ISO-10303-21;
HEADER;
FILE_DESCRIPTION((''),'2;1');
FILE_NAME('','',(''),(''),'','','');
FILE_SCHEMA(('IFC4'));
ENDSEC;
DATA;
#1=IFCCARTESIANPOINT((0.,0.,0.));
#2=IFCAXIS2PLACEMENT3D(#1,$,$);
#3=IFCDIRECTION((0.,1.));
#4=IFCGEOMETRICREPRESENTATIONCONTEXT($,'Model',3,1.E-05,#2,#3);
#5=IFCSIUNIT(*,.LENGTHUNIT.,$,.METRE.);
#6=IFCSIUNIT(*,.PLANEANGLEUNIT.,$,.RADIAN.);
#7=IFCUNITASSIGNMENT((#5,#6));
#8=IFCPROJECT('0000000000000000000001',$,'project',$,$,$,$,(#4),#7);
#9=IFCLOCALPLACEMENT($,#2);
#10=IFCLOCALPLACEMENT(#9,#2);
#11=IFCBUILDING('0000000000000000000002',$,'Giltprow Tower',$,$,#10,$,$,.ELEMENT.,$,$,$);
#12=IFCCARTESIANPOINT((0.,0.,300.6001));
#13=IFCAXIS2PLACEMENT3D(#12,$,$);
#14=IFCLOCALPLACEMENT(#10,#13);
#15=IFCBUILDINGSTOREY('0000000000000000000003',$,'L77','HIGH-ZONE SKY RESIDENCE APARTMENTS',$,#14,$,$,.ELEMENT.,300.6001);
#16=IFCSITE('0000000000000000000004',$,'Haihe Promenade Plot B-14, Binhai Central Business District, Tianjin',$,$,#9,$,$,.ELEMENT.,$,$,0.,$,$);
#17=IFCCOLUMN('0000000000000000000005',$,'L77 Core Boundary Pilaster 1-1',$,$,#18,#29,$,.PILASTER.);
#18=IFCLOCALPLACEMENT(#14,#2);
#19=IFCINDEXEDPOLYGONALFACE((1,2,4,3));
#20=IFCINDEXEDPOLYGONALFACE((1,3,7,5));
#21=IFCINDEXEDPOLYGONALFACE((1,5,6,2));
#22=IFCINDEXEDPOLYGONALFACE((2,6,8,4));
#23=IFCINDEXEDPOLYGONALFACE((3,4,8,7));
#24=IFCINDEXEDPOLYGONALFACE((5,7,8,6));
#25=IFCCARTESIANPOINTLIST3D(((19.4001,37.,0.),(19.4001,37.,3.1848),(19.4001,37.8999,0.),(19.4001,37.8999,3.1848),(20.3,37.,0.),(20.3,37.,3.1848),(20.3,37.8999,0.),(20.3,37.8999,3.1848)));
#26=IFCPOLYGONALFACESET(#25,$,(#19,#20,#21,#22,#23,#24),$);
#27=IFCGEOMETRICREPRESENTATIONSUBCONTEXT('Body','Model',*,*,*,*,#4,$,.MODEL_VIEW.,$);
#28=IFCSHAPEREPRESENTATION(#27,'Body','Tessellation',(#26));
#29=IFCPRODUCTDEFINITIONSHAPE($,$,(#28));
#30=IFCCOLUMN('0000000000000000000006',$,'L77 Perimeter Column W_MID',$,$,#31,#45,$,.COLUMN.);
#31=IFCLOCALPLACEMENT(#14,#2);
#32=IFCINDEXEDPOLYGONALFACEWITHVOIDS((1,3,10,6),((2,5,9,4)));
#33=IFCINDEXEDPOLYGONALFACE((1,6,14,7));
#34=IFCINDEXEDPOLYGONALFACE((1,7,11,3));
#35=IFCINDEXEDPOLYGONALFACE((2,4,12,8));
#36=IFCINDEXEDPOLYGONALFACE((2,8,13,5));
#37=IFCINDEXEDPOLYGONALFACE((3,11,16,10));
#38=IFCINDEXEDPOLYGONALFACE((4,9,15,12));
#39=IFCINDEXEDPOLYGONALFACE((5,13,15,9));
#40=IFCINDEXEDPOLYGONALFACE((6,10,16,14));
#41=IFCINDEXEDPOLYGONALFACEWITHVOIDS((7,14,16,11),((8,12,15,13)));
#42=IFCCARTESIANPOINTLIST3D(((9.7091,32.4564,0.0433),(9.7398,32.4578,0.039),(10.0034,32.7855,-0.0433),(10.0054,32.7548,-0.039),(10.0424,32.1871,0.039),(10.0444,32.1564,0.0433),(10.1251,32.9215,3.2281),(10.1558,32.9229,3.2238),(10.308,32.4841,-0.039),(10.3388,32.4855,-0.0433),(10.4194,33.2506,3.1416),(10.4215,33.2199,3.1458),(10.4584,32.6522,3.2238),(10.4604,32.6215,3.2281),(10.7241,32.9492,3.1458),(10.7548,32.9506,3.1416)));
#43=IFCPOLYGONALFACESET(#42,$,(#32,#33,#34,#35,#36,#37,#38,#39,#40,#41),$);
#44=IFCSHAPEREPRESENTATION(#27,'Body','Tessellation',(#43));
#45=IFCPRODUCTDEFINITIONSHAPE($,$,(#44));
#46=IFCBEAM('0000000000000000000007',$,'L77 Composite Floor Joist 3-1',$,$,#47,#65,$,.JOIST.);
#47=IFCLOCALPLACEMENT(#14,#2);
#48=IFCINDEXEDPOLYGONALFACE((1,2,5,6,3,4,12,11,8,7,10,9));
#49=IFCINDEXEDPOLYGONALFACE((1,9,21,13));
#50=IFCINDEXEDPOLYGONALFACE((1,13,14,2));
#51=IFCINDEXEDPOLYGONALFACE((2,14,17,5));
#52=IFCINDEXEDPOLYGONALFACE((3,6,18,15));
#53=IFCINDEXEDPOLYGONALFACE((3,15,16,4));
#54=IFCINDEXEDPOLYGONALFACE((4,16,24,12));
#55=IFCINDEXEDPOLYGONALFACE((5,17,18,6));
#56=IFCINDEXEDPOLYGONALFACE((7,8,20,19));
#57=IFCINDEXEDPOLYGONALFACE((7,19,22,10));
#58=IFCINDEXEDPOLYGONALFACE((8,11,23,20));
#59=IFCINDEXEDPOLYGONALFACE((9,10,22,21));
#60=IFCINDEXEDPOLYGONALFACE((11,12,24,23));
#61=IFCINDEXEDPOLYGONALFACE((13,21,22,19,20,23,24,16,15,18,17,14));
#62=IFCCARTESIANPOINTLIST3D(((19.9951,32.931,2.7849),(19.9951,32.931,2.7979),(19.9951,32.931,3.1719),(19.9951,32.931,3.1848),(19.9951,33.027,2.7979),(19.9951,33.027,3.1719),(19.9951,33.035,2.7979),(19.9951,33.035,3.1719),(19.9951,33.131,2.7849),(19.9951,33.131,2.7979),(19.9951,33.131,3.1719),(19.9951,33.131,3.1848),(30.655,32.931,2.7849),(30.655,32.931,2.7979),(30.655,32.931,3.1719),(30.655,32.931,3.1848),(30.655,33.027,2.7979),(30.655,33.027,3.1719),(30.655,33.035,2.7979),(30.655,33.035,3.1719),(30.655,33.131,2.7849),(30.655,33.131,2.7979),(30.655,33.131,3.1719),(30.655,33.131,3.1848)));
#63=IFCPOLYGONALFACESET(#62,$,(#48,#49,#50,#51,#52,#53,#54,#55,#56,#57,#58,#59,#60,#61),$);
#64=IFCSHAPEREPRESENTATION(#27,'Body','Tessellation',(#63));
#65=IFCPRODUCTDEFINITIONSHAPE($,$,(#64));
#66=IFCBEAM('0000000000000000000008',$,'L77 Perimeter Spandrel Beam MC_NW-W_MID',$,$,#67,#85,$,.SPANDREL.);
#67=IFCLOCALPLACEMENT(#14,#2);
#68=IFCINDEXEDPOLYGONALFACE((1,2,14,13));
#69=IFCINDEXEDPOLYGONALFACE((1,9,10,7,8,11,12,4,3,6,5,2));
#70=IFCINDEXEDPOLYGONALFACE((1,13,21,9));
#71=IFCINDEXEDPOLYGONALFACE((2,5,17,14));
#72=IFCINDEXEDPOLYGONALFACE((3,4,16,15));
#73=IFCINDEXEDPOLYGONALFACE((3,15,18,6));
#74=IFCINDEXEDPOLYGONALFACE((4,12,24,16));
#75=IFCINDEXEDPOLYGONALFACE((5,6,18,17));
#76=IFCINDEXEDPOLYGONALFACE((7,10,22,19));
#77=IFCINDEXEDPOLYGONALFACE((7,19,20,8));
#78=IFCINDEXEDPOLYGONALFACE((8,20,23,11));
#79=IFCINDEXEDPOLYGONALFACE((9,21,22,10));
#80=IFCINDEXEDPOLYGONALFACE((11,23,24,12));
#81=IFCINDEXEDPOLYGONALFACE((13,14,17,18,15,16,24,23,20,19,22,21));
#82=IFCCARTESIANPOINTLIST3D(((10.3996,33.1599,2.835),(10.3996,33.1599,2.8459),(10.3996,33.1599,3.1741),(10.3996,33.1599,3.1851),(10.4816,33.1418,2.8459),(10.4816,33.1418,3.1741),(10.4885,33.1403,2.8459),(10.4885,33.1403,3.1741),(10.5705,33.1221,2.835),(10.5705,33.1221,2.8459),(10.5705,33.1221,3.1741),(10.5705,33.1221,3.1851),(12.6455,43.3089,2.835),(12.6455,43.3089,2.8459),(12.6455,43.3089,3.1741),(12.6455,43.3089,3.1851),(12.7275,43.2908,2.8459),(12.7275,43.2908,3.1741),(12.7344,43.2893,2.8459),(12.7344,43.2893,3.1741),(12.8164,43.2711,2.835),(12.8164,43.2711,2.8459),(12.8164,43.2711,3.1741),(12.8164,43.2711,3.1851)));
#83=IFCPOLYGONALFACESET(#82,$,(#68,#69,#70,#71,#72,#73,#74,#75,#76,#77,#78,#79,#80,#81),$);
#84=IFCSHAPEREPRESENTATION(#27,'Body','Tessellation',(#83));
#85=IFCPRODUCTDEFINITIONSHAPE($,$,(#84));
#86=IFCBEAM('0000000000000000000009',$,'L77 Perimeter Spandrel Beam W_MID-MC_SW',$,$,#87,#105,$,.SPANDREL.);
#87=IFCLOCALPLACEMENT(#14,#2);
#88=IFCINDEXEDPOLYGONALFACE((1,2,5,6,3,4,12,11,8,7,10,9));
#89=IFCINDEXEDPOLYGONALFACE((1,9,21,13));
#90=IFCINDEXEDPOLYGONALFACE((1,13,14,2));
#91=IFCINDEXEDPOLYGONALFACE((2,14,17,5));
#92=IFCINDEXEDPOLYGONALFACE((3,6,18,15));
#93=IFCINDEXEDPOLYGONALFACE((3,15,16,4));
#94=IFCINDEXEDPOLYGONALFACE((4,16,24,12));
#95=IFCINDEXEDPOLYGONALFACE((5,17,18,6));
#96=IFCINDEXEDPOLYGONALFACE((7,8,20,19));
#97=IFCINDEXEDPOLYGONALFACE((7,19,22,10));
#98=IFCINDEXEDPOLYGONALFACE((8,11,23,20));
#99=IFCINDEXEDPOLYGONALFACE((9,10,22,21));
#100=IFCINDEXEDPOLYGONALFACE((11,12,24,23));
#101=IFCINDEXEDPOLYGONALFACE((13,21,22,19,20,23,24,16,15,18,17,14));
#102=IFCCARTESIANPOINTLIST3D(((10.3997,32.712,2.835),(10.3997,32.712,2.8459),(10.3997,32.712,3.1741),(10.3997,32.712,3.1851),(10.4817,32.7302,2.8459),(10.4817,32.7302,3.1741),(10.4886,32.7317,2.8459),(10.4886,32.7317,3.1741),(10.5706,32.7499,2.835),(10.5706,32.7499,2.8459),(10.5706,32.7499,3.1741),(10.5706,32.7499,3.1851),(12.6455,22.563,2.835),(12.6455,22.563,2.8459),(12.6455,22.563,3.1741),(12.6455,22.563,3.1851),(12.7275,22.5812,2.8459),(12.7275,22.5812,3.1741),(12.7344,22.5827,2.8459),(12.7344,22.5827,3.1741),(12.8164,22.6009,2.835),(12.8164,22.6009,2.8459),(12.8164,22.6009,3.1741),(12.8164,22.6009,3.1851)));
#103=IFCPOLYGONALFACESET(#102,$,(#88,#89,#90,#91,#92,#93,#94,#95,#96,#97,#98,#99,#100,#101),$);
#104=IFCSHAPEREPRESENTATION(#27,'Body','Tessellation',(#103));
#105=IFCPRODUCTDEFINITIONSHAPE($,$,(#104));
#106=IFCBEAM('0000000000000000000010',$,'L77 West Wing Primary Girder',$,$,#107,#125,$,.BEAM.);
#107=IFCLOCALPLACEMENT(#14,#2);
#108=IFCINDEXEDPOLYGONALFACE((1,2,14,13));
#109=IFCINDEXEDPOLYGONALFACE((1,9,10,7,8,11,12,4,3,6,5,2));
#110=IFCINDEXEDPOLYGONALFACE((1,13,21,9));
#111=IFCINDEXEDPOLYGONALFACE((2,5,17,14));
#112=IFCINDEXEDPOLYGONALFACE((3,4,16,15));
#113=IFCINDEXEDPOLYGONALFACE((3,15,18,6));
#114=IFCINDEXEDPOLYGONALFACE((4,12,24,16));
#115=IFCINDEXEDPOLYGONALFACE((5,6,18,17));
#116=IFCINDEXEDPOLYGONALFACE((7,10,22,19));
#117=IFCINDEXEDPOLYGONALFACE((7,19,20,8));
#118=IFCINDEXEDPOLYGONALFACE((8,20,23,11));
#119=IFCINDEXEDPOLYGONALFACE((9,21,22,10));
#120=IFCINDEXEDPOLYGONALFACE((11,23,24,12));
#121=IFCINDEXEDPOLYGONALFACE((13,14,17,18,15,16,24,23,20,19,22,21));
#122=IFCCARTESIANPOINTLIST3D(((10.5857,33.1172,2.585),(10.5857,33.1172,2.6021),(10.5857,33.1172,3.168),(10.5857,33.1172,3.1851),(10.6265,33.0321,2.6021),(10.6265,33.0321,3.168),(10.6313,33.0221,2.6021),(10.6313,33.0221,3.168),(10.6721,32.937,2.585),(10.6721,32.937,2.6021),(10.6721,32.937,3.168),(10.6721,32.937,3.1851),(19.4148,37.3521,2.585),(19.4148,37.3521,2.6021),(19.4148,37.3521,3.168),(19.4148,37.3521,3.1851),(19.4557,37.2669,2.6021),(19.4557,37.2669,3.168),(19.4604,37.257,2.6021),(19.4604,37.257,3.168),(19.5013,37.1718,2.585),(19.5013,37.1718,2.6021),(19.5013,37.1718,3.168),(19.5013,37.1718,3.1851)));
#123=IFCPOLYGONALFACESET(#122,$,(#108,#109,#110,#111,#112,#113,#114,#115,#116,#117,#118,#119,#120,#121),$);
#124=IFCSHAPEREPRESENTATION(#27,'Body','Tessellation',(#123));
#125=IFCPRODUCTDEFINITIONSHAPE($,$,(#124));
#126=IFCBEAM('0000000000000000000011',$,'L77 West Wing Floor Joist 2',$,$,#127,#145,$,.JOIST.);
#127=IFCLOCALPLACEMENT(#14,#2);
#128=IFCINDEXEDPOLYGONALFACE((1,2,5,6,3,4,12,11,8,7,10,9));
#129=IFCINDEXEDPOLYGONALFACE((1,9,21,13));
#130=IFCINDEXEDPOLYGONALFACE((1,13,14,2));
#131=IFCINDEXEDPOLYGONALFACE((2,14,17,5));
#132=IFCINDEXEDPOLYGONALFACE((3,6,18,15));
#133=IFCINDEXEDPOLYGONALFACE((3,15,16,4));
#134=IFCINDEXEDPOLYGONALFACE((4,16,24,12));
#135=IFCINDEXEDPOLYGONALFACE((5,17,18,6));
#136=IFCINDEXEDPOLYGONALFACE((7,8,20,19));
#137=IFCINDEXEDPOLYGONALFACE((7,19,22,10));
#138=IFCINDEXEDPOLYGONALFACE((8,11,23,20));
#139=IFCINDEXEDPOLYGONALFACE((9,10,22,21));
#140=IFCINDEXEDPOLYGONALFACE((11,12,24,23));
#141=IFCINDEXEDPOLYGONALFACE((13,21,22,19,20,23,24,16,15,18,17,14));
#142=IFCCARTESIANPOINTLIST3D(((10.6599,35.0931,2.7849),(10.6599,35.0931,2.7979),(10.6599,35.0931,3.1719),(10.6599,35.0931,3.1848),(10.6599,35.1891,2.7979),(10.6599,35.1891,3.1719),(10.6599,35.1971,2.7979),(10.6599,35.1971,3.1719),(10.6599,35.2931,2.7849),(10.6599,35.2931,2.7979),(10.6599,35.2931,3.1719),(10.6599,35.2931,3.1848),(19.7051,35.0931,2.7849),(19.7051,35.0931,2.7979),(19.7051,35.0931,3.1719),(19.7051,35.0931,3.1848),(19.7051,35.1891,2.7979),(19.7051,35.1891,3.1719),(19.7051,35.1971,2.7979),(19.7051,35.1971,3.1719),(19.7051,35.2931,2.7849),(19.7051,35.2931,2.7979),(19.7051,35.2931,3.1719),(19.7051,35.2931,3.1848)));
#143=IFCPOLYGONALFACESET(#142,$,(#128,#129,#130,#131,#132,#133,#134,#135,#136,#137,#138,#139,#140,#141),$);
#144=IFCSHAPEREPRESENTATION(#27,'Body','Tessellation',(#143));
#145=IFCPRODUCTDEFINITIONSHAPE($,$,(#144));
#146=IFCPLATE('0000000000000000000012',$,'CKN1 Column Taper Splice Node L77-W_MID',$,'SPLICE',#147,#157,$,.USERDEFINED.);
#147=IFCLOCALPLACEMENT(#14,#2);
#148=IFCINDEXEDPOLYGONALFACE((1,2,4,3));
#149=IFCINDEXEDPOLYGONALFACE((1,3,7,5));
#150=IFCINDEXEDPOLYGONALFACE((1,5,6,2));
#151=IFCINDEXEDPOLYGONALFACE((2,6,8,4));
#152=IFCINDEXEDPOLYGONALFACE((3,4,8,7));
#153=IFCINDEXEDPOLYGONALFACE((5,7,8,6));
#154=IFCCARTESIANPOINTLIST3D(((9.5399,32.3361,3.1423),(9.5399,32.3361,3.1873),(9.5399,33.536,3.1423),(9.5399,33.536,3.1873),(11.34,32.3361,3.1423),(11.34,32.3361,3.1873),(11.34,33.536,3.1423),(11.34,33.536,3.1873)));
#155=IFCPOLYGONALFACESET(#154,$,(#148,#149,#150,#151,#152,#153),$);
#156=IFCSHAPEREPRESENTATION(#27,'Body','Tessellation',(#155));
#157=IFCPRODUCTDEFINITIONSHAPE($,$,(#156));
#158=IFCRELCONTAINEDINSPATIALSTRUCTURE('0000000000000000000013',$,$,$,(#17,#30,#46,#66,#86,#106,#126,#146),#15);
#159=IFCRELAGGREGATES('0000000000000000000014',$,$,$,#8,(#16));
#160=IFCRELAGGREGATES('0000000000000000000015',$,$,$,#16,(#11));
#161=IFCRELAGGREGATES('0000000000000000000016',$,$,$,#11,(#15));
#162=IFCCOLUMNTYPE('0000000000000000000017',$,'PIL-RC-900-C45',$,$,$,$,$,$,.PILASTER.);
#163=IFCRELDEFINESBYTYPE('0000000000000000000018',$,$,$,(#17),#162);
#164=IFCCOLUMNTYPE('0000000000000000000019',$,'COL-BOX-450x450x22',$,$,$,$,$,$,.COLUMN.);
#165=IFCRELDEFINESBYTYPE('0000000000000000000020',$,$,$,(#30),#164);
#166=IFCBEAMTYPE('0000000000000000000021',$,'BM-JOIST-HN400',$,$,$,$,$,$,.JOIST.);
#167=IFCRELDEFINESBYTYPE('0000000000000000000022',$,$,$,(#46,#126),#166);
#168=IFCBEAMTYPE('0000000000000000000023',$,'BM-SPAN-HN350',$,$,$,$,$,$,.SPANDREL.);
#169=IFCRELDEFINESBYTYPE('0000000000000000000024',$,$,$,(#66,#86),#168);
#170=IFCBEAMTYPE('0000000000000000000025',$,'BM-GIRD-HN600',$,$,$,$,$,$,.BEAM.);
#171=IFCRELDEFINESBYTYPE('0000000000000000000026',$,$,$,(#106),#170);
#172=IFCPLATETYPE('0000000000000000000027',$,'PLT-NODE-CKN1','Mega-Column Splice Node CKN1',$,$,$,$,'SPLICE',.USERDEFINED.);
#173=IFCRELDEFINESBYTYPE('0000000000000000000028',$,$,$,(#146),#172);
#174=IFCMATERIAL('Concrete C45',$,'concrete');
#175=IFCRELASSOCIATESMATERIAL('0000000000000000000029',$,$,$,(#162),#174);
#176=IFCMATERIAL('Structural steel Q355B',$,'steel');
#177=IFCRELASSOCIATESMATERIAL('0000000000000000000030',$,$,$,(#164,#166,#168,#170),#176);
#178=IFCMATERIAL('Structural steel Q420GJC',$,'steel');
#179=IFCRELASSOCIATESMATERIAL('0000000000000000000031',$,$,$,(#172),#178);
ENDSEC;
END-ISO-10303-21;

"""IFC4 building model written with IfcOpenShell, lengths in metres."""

from ifc_helpers import new_model, si_unit, direction, frame, origin, origin_2d, place, context, subcontext, project, spatial, rectangle, hollow_rectangle, i_section, extrude, source, transform, mapped, material, material_profile, profile_set, type_object, element, save


model = new_model("IFC4")

# Units and contexts
model_context = context("Model", 3, precision=1e-05, world=origin(), true_north=direction((0.0, 1.0)))
body_context = subcontext(model_context, "Body", "Model", "MODEL_VIEW")
ifc_project = project(units=[si_unit("LENGTHUNIT", "METRE"), si_unit("PLANEANGLEUNIT", "RADIAN")], contexts=[model_context])

# Site, building, storey
site_placement = place(None, origin())
site = spatial("IfcSite", under=ifc_project, at=site_placement, Name="Haihe Promenade Plot B-14, Binhai Central Business District, Tianjin", CompositionType="ELEMENT", RefElevation=0.0)
building_placement = place(site_placement, origin())
building = spatial("IfcBuilding", under=site, at=building_placement, Name="Giltprow Tower", CompositionType="ELEMENT")
storey_placement = place(building_placement, frame((0.0, 0.0, 300.6001)))
storey = spatial("IfcBuildingStorey", under=building, at=storey_placement, Name="L77", Description="HIGH-ZONE SKY RESIDENCE APARTMENTS", CompositionType="ELEMENT", Elevation=300.6001)

# Columns
ifc_material_1 = material(Name="Concrete C45", Category="concrete")
ifc_material_profile_1 = material_profile(ifc_material_1, rectangle(XDim=0.8999, YDim=0.8999, at=origin_2d()), Name="RC 900x900")
ifc_profile_set_1 = profile_set([ifc_material_profile_1], Name="Concrete C45")
column_type_1 = type_object("IfcColumnType", Name="PIL-RC-900-C45", PredefinedType="PILASTER", material=ifc_profile_set_1)
shared_shape_1 = source(origin(), body_context, "Body", "SweptSolid", [
    extrude(rectangle(XDim=0.8999, YDim=0.8999, at=origin_2d()), origin(), (0.0, 0.0, 1.0), 3.1848),
])
column_1_placement = place(storey_placement, frame((19.8501, 37.45, 0.0), z_axis=(0.0, 0.0, 1.0), x_axis=(1.0, 0.0, 0.0)))
element("IfcColumn", 1, at=column_1_placement, inside=storey, type_object=column_type_1, Name="L77 Core Boundary Pilaster 1-1", PredefinedType="PILASTER", context=body_context, shape_type="MappedRepresentation", body=[
    mapped(shared_shape_1, transform((0.0, 0.0, 0.0), x_axis=(1.0, 0.0, 0.0), y_axis=(0.0, 1.0, 0.0), z_axis=(0.0, 0.0, 1.0), scale=1.0)),
])
ifc_material_2 = material(Name="Structural steel Q355B", Category="steel")
ifc_material_profile_2 = material_profile(ifc_material_2, hollow_rectangle(XDim=0.45, YDim=0.45, WallThickness=0.022, at=origin_2d()), Name="BOX 450x450x22")
ifc_profile_set_2 = profile_set([ifc_material_profile_2], Name="Structural steel Q355B")
column_type_2 = type_object("IfcColumnType", Name="COL-BOX-450x450x22", PredefinedType="COLUMN", material=ifc_profile_set_2)
shared_shape_2 = source(origin(), body_context, "Body", "SweptSolid", [
    extrude(hollow_rectangle(XDim=0.45, YDim=0.45, WallThickness=0.022, at=origin_2d()), origin(), (0.0, 0.0, 1.0), 3.2454),
])
column_2_placement = place(storey_placement, frame((10.0239, 32.4709, 0.0), z_axis=(0.128187, 0.143308, 0.981341), x_axis=(-0.745333, 0.666692, 0.0)))
element("IfcColumn", 2, at=column_2_placement, inside=storey, type_object=column_type_2, Name="L77 Perimeter Column W_MID", PredefinedType="COLUMN", context=body_context, shape_type="MappedRepresentation", body=[
    mapped(shared_shape_2, transform((0.0, 0.0, 0.0), x_axis=(1.0, 0.0, 0.0), y_axis=(0.0, 1.0, 0.0), z_axis=(0.0, 0.0, 1.0), scale=1.0)),
])

# Beams
ifc_material_profile_3 = material_profile(ifc_material_2, i_section(OverallWidth=0.2, OverallDepth=0.3999, WebThickness=0.0081, FlangeThickness=0.0129, at=origin_2d()), Name="HN 400x200x8x13")
ifc_profile_set_3 = profile_set([ifc_material_profile_3], Name="Structural steel Q355B")
beam_type_1 = type_object("IfcBeamType", Name="BM-JOIST-HN400", PredefinedType="JOIST", material=ifc_profile_set_3)
shared_shape_3 = source(origin(), body_context, "Body", "SweptSolid", [
    extrude(i_section(OverallWidth=0.2, OverallDepth=0.3999, WebThickness=0.0081, FlangeThickness=0.0129, at=origin_2d()), origin(), (0.0, 0.0, 1.0), 10.6599),
])
beam_1_placement = place(storey_placement, frame((19.9951, 33.031, 2.9849), z_axis=(1.0, 0.0, 0.0), x_axis=(0.0, 1.0, 0.0)))
element("IfcBeam", 3, at=beam_1_placement, inside=storey, type_object=beam_type_1, Name="L77 Composite Floor Joist 3-1", PredefinedType="JOIST", context=body_context, shape_type="MappedRepresentation", body=[
    mapped(shared_shape_3, transform((0.0, 0.0, 0.0), x_axis=(1.0, 0.0, 0.0), y_axis=(0.0, 1.0, 0.0), z_axis=(0.0, 0.0, 1.0), scale=1.0)),
])
ifc_material_profile_4 = material_profile(ifc_material_2, i_section(OverallWidth=0.175, OverallDepth=0.3501, WebThickness=0.0071, FlangeThickness=0.011, at=origin_2d()), Name="HN 350x175x7x11")
ifc_profile_set_4 = profile_set([ifc_material_profile_4], Name="Structural steel Q355B")
beam_type_2 = type_object("IfcBeamType", Name="BM-SPAN-HN350", PredefinedType="SPANDREL", material=ifc_profile_set_4)
shared_shape_4 = source(origin(), body_context, "Body", "SweptSolid", [
    extrude(i_section(OverallWidth=0.175, OverallDepth=0.3501, WebThickness=0.0071, FlangeThickness=0.011, at=origin_2d()), origin(), (0.0, 0.0, 1.0), 10.3945),
])
for number, where, z_axis, x_axis, name in (
    (4, (12.731, 43.29, 3.01), (-0.216062, -0.97638, 0.0), (0.97638, -0.216062, 0.0), "L77 Perimeter Spandrel Beam MC_NW-W_MID"),
    (5, (10.4851, 32.731, 3.01), (0.216062, -0.97638, 0.0), (0.97638, 0.216062, 0.0), "L77 Perimeter Spandrel Beam W_MID-MC_SW"),
):
    element("IfcBeam", number, at=place(storey_placement, frame(where, z_axis=z_axis, x_axis=x_axis)), inside=storey, type_object=beam_type_2, Name=name, PredefinedType="SPANDREL", context=body_context, shape_type="MappedRepresentation", body=[
        mapped(shared_shape_4, transform((0.0, 0.0, 0.0), x_axis=(1.0, 0.0, 0.0), y_axis=(0.0, 1.0, 0.0), z_axis=(0.0, 0.0, 1.0), scale=1.0)),
    ])
ifc_material_profile_5 = material_profile(ifc_material_2, i_section(OverallWidth=0.2, OverallDepth=0.6001, WebThickness=0.011, FlangeThickness=0.0171, at=origin_2d()), Name="HN 600x200x11x17")
ifc_profile_set_5 = profile_set([ifc_material_profile_5], Name="Structural steel Q355B")
beam_type_3 = type_object("IfcBeamType", Name="BM-GIRD-HN600", PredefinedType="BEAM", material=ifc_profile_set_5)
shared_shape_5 = source(origin(), body_context, "Body", "SweptSolid", [
    extrude(i_section(OverallWidth=0.2, OverallDepth=0.6001, WebThickness=0.011, FlangeThickness=0.0171, at=origin_2d()), origin(), (0.0, 0.0, 1.0), 9.7922),
])
beam_2_placement = place(storey_placement, frame((10.6289, 33.0271, 2.885), z_axis=(0.901647, 0.432473, 0.0), x_axis=(-0.432473, 0.901647, 0.0)))
element("IfcBeam", 6, at=beam_2_placement, inside=storey, type_object=beam_type_3, Name="L77 West Wing Primary Girder", PredefinedType="BEAM", context=body_context, shape_type="MappedRepresentation", body=[
    mapped(shared_shape_5, transform((0.0, 0.0, 0.0), x_axis=(1.0, 0.0, 0.0), y_axis=(0.0, 1.0, 0.0), z_axis=(0.0, 0.0, 1.0), scale=1.0)),
])
shared_shape_6 = source(origin(), body_context, "Body", "SweptSolid", [
    extrude(i_section(OverallWidth=0.2, OverallDepth=0.3999, WebThickness=0.0081, FlangeThickness=0.0129, at=origin_2d()), origin(), (0.0, 0.0, 1.0), 9.0452),
])
beam_3_placement = place(storey_placement, frame((10.6599, 35.1931, 2.9849), z_axis=(1.0, 0.0, 0.0), x_axis=(0.0, 1.0, 0.0)))
element("IfcBeam", 7, at=beam_3_placement, inside=storey, type_object=beam_type_1, Name="L77 West Wing Floor Joist 2", PredefinedType="JOIST", context=body_context, shape_type="MappedRepresentation", body=[
    mapped(shared_shape_6, transform((0.0, 0.0, 0.0), x_axis=(1.0, 0.0, 0.0), y_axis=(0.0, 1.0, 0.0), z_axis=(0.0, 0.0, 1.0), scale=1.0)),
])

# Plate
ifc_material_3 = material(Name="Structural steel Q420GJC", Category="steel")
plate_type = type_object("IfcPlateType", Name="PLT-NODE-CKN1", Description="Mega-Column Splice Node CKN1", ElementType="SPLICE", PredefinedType="USERDEFINED", material=ifc_material_3)
shared_shape_7 = source(origin(), body_context, "Body", "SweptSolid", [
    extrude(rectangle(XDim=1.8, YDim=1.2, at=origin_2d()), origin(), (0.0, 0.0, 1.0), 0.0449),
])
plate_placement = place(storey_placement, frame((10.4399, 32.936, 3.1423), z_axis=(0.0, 0.0, 1.0), x_axis=(1.0, 0.0, 0.0)))
element("IfcPlate", 8, at=plate_placement, inside=storey, type_object=plate_type, Name="CKN1 Column Taper Splice Node L77-W_MID", ObjectType="SPLICE", PredefinedType="USERDEFINED", context=body_context, shape_type="MappedRepresentation", body=[
    mapped(shared_shape_7, transform((0.0, 0.0, 0.0), x_axis=(1.0, 0.0, 0.0), y_axis=(0.0, 1.0, 0.0), z_axis=(0.0, 0.0, 1.0), scale=1.0)),
])

save(model, "model.ifc")
